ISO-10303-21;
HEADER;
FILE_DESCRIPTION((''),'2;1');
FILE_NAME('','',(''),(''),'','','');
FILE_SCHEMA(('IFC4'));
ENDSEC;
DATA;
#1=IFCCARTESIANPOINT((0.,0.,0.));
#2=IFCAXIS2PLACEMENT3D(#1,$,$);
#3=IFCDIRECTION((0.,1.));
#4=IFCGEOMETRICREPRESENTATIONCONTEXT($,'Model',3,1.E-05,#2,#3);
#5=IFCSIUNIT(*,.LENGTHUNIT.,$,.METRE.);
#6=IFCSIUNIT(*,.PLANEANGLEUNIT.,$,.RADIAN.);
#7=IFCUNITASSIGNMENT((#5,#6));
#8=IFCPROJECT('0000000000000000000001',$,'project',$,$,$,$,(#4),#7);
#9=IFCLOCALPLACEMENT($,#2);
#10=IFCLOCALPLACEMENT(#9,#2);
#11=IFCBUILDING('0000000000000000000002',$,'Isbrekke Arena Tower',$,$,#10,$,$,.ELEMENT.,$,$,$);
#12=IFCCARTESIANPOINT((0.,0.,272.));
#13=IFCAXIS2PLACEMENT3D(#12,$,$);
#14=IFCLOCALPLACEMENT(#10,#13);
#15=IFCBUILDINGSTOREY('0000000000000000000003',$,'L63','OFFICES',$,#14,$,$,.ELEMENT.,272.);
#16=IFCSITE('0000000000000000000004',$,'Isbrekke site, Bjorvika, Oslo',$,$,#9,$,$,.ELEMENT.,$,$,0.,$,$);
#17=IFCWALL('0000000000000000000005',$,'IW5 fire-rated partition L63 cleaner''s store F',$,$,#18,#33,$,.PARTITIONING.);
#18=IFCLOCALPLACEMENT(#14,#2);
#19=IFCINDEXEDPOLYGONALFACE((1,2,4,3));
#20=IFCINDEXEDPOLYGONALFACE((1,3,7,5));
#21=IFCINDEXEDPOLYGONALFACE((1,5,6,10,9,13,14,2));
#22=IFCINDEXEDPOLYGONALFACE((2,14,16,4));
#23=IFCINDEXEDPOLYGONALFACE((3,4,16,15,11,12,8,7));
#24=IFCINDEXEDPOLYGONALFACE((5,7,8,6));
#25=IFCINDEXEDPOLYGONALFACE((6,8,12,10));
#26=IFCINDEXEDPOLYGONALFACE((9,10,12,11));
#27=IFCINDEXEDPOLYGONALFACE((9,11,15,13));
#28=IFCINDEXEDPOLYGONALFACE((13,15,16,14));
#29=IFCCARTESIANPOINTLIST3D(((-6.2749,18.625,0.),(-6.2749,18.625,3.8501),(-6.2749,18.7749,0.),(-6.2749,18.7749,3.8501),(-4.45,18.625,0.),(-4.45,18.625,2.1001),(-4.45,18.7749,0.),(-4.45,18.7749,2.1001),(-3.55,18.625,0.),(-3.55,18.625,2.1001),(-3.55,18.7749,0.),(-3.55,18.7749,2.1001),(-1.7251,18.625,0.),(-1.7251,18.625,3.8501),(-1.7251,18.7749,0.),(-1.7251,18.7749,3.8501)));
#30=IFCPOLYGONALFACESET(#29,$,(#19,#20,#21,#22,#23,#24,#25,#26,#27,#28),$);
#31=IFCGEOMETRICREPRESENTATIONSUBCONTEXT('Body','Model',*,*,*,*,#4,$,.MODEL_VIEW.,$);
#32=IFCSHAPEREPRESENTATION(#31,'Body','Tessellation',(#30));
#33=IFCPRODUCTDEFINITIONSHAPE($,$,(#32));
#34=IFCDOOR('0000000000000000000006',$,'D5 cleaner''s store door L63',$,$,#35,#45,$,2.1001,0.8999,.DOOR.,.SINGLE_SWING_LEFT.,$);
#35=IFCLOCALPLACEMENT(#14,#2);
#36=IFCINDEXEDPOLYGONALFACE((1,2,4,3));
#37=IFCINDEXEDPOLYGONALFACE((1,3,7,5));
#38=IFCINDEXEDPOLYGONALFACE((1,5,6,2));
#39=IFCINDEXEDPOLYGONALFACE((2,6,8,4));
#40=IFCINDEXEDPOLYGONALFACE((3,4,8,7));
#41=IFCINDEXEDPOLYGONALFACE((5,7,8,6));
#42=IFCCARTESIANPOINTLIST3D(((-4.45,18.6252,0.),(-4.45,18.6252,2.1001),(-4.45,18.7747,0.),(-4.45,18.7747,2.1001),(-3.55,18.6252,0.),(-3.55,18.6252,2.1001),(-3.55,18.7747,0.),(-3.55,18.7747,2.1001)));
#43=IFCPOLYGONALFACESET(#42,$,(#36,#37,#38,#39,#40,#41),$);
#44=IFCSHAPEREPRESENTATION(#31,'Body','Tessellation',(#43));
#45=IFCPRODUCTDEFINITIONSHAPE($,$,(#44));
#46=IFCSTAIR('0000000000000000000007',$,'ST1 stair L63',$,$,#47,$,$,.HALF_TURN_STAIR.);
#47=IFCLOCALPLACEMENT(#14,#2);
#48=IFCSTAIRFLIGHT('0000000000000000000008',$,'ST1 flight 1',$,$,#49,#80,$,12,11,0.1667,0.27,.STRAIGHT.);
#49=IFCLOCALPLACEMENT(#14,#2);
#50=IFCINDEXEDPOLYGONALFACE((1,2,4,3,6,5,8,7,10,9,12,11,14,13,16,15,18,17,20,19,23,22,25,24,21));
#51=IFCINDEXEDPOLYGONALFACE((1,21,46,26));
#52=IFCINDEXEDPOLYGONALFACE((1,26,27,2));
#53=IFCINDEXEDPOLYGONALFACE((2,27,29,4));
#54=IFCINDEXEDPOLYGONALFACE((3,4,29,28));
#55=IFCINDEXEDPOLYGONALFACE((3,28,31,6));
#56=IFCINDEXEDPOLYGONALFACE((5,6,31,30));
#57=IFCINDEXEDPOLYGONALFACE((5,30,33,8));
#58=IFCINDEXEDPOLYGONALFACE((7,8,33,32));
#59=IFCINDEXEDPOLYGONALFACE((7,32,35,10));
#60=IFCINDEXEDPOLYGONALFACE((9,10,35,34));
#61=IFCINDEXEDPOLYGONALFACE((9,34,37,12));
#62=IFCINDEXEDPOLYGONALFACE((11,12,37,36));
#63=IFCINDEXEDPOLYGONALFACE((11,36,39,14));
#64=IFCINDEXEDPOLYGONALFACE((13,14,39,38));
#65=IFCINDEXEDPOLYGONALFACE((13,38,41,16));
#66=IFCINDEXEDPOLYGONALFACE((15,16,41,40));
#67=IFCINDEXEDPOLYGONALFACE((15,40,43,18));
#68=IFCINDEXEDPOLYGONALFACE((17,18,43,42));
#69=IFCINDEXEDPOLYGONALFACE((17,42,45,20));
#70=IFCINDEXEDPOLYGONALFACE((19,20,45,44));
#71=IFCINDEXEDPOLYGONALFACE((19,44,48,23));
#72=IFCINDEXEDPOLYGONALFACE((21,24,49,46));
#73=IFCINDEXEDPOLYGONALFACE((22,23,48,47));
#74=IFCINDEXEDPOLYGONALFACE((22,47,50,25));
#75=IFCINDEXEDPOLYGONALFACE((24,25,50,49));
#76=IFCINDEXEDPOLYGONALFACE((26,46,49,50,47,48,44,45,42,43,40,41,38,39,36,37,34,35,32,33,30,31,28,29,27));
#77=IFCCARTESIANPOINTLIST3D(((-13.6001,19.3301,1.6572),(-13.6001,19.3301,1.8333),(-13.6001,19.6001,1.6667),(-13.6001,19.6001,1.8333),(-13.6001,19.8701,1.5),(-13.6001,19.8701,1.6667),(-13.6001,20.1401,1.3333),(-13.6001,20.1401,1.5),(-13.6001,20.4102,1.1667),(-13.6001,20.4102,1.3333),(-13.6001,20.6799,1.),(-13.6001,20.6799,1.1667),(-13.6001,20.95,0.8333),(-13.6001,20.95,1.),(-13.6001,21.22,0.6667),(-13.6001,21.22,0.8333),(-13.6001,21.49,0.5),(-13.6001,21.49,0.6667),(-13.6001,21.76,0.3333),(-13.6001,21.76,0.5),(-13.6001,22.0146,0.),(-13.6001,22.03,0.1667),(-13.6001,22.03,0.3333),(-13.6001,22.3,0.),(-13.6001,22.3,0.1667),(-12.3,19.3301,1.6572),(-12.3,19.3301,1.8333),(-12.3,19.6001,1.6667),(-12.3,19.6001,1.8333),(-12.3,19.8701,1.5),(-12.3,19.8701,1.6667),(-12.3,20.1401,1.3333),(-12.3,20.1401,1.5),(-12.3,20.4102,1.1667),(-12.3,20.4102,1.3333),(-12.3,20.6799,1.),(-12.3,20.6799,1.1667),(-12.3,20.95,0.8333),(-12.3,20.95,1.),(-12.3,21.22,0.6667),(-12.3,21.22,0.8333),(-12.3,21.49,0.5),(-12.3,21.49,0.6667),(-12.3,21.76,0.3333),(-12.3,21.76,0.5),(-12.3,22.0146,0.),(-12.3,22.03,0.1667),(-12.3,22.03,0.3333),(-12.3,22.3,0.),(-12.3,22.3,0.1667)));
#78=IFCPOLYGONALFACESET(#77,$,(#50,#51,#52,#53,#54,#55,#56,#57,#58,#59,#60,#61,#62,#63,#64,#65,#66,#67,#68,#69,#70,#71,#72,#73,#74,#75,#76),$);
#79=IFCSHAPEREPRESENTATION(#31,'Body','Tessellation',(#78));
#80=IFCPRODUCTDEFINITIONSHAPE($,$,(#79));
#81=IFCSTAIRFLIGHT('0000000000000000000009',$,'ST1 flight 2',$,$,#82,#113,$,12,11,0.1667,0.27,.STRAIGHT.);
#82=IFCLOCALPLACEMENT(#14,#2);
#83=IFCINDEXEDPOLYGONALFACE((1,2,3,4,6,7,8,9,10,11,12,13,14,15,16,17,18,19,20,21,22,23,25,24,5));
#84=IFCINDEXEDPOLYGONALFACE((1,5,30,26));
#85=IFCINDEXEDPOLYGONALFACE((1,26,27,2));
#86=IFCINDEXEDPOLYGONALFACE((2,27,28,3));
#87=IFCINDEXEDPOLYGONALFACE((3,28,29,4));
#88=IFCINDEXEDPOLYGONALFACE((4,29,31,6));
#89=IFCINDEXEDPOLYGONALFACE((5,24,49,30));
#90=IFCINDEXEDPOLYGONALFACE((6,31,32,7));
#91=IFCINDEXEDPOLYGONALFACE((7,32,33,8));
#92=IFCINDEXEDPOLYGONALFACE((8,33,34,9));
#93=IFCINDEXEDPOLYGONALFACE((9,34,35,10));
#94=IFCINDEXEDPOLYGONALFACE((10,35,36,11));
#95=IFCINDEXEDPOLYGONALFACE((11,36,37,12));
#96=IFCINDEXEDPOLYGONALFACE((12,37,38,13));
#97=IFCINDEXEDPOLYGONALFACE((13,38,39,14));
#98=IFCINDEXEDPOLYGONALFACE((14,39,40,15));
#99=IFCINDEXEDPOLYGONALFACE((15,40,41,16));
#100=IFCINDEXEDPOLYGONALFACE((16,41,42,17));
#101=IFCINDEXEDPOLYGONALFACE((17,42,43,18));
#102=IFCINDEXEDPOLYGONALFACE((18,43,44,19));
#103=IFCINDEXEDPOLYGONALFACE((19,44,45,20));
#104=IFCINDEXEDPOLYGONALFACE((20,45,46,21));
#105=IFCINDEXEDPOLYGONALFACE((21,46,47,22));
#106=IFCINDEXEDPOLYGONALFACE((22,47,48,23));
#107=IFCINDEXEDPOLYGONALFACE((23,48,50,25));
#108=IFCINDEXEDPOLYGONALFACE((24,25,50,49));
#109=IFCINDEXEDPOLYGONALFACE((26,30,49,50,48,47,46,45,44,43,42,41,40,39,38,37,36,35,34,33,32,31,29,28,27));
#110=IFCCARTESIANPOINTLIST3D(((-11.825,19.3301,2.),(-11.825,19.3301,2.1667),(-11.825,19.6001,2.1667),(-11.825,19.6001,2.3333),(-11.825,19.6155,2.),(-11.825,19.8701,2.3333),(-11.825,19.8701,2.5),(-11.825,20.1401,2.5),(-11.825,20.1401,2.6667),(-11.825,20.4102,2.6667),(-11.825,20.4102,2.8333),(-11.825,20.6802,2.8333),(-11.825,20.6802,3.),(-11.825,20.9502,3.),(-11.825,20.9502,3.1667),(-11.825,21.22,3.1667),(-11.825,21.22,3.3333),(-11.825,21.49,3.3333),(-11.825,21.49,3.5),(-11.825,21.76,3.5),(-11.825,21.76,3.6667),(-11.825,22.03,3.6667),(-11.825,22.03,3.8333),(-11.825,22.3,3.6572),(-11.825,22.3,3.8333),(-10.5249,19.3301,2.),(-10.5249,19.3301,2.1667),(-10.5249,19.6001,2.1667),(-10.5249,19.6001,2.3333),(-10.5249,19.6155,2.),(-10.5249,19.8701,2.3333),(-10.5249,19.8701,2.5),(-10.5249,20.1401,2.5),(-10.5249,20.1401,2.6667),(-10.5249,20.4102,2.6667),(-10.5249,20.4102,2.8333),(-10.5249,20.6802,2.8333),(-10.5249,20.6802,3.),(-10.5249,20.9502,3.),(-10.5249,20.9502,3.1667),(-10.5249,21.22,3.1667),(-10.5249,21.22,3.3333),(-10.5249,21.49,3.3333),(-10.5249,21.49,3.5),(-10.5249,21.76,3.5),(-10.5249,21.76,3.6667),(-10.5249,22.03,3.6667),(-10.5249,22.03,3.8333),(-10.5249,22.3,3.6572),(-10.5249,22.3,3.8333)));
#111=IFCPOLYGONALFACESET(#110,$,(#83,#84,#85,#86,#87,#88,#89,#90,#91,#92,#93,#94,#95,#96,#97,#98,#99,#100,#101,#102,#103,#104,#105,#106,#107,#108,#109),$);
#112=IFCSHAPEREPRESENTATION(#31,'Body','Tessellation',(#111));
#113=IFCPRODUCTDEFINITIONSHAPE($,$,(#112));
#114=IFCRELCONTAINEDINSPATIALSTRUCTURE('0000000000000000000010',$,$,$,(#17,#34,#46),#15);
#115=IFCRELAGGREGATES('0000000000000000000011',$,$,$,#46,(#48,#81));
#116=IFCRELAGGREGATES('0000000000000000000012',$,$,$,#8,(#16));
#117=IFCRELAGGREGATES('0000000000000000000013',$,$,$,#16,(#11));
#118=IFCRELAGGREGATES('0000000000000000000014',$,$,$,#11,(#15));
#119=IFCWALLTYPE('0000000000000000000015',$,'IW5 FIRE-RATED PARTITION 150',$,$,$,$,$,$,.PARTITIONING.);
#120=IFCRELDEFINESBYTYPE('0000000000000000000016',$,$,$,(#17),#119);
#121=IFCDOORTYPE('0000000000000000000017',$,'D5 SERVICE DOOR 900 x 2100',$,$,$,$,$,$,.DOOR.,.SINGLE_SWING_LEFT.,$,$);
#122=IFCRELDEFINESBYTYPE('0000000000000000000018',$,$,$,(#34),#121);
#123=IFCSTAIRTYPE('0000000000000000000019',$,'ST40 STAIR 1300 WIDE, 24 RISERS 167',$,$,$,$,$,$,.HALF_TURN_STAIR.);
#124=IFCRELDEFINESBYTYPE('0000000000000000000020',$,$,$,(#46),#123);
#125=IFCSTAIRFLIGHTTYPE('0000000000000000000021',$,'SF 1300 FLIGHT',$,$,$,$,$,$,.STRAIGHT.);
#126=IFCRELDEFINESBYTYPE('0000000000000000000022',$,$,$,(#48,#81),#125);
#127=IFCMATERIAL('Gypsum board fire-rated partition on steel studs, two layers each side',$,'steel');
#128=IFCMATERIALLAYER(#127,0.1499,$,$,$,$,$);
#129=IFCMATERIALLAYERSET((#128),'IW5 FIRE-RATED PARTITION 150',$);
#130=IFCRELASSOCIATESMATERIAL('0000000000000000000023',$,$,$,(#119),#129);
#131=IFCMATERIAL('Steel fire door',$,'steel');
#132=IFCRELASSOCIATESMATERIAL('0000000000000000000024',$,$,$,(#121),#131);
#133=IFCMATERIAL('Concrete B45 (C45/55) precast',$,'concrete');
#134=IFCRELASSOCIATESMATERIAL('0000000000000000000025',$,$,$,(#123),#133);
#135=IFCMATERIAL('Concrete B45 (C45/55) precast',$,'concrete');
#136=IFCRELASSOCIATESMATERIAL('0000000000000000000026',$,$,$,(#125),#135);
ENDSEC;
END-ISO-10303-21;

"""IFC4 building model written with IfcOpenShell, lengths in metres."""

from ifc_helpers import new_model, si_unit, direction, frame, frame_2d, origin, place, context, subcontext, project, spatial, polyline, rectangle, outline, extrude, material, layer, layer_set, type_object, element, fill, aggregate, save


model = new_model("IFC4")

# Units and contexts
model_context = context("Model", 3, precision=1e-05, world=origin(), true_north=direction((0.0, 1.0)))
body_context = subcontext(model_context, "Body", "Model", "MODEL_VIEW")
ifc_project = project(units=[si_unit("LENGTHUNIT", "METRE"), si_unit("PLANEANGLEUNIT", "RADIAN")], contexts=[model_context])

# Site, building, storey
site_placement = place(None, origin())
site = spatial("IfcSite", under=ifc_project, at=site_placement, Name="Isbrekke site, Bjorvika, Oslo", CompositionType="ELEMENT", RefElevation=0.0)
building_placement = place(site_placement, origin())
building = spatial("IfcBuilding", under=site, at=building_placement, Name="Isbrekke Arena Tower", CompositionType="ELEMENT")
storey_placement = place(building_placement, frame((0.0, 0.0, 272.0)))
storey = spatial("IfcBuildingStorey", under=building, at=storey_placement, Name="L63", Description="OFFICES", CompositionType="ELEMENT", Elevation=272.0)

# Wall, opening, door
ifc_material_1 = material(Name="Gypsum board fire-rated partition on steel studs, two layers each side", Category="steel")
ifc_layer_1 = layer(ifc_material_1, 0.1499)
ifc_layer_set_1 = layer_set([ifc_layer_1], Name="IW5 FIRE-RATED PARTITION 150")
wall_type_1 = type_object("IfcWallType", Name="IW5 FIRE-RATED PARTITION 150", PredefinedType="PARTITIONING", material=ifc_layer_set_1)
wall_1_placement = place(storey_placement, frame((-6.2749, 18.7, 0.0), z_axis=(0.0, 0.0, 1.0), x_axis=(1.0, 0.0, 0.0)))
wall_1 = element("IfcWall", 1, at=wall_1_placement, inside=storey, type_object=wall_type_1, Name="IW5 fire-rated partition L63 cleaner's store F", PredefinedType="PARTITIONING", context=body_context, shape_type="SweptSolid", body=[
    extrude(rectangle(XDim=4.5498, YDim=0.1499, at=frame_2d((2.2749, 0.0))), origin(), (0.0, 0.0, 1.0), 3.8501),
])
opening_1_placement = place(wall_1_placement, frame((1.825, 0.0, 0.0)))
opening_1 = element("IfcOpeningElement", 2, at=opening_1_placement, cuts=wall_1, PredefinedType="OPENING", context=body_context, shape_type="SweptSolid", body=[
    extrude(rectangle(XDim=0.8999, YDim=2.1001, at=frame_2d((0.45, 1.05))), frame((0.0, 0.0898, 0.0), z_axis=(0.0, -1.0, 0.0), x_axis=(1.0, 0.0, 0.0)), (0.0, 0.0, 1.0), 0.1797),
])
ifc_material_2 = material(Name="Steel fire door", Category="steel")
door_type_1 = type_object("IfcDoorType", Name="D5 SERVICE DOOR 900 x 2100", OperationType="SINGLE_SWING_LEFT", PredefinedType="DOOR", material=ifc_material_2)
door_1_placement = place(opening_1_placement, origin())
door_1 = element("IfcDoor", 3, at=door_1_placement, inside=storey, type_object=door_type_1, Name="D5 cleaner's store door L63", OperationType="SINGLE_SWING_LEFT", OverallHeight=2.1001, OverallWidth=0.8999, PredefinedType="DOOR", context=body_context, shape_type="SweptSolid", body=[
    extrude(rectangle(XDim=0.8999, YDim=2.1001, at=frame_2d((0.45, 1.05))), frame((0.0, 0.0747, 0.0), z_axis=(0.0, -1.0, 0.0), x_axis=(1.0, 0.0, 0.0)), (0.0, 0.0, 1.0), 0.1494),
])
fill(opening_1, door_1)

# Stair, stair flights
ifc_material_3 = material(Name="Concrete B45 (C45/55) precast", Category="concrete")
stair_type = type_object("IfcStairType", Name="ST40 STAIR 1300 WIDE, 24 RISERS 167", PredefinedType="HALF_TURN_STAIR", material=ifc_material_3)
stair_placement = place(storey_placement, origin())
stair = element("IfcStair", 4, at=stair_placement, inside=storey, type_object=stair_type, Name="ST1 stair L63", PredefinedType="HALF_TURN_STAIR")
ifc_material_4 = material(Name="Concrete B45 (C45/55) precast", Category="concrete")
stair_flight_type = type_object("IfcStairFlightType", Name="SF 1300 FLIGHT", PredefinedType="STRAIGHT", material=ifc_material_4)
stair_flight_1_placement = place(storey_placement, frame((-12.95, 22.3, 0.0), z_axis=(0.0, 0.0, 1.0), x_axis=(0.0, -1.0, 0.0)))
stair_flight_1 = element("IfcStairFlight", 5, at=stair_flight_1_placement, type_object=stair_flight_type, Name="ST1 flight 1", NumberOfRisers=12, NumberOfTreads=11, PredefinedType="STRAIGHT", RiserHeight=0.1667, TreadLength=0.27, context=body_context, shape_type="SweptSolid", body=[
    extrude(outline(polyline([(0.0, 0.0), (0.0, 0.1667), (0.27, 0.1667), (0.27, 0.3333), (0.54, 0.3333), (0.54, 0.5), (0.8101, 0.5), (0.8101, 0.6667), (1.0801, 0.6667), (1.0801, 0.8333), (1.3501, 0.8333), (1.3501, 1.0), (1.6201, 1.0), (1.6201, 1.1667), (1.8899, 1.1667), (1.8899, 1.3333), (2.1599, 1.3333), (2.1599, 1.5), (2.4299, 1.5), (2.4299, 1.6667), (2.7, 1.6667), (2.7, 1.8333), (2.97, 1.8333), (2.97, 2.0), (2.97, 1.6572), (0.2854, 0.0), (0.0, 0.0)])), frame((0.0, 0.6499, 0.0), z_axis=(0.0, -1.0, 0.0), x_axis=(1.0, 0.0, 0.0)), (0.0, 0.0, 1.0), 1.3),
])
stair_flight_2_placement = place(storey_placement, frame((-11.175, 19.3301, 2.0), z_axis=(0.0, 0.0, 1.0), x_axis=(0.0, 1.0, 0.0)))
stair_flight_2 = element("IfcStairFlight", 6, at=stair_flight_2_placement, type_object=stair_flight_type, Name="ST1 flight 2", NumberOfRisers=12, NumberOfTreads=11, PredefinedType="STRAIGHT", RiserHeight=0.1667, TreadLength=0.27, context=body_context, shape_type="SweptSolid", body=[
    extrude(outline(polyline([(0.0, 0.0), (0.0, 0.1667), (0.27, 0.1667), (0.27, 0.3333), (0.54, 0.3333), (0.54, 0.5), (0.8101, 0.5), (0.8101, 0.6667), (1.0801, 0.6667), (1.0801, 0.8333), (1.3501, 0.8333), (1.3501, 1.0), (1.6201, 1.0), (1.6201, 1.1667), (1.8899, 1.1667), (1.8899, 1.3333), (2.1599, 1.3333), (2.1599, 1.5), (2.4299, 1.5), (2.4299, 1.6667), (2.7, 1.6667), (2.7, 1.8333), (2.97, 1.8333), (2.97, 2.0), (2.97, 1.6572), (0.2854, 0.0), (0.0, 0.0)])), frame((0.0, 0.6499, 0.0), z_axis=(0.0, -1.0, 0.0), x_axis=(1.0, 0.0, 0.0)), (0.0, 0.0, 1.0), 1.3),
])
aggregate(stair, [stair_flight_1, stair_flight_2])

save(model, "model.ifc")
